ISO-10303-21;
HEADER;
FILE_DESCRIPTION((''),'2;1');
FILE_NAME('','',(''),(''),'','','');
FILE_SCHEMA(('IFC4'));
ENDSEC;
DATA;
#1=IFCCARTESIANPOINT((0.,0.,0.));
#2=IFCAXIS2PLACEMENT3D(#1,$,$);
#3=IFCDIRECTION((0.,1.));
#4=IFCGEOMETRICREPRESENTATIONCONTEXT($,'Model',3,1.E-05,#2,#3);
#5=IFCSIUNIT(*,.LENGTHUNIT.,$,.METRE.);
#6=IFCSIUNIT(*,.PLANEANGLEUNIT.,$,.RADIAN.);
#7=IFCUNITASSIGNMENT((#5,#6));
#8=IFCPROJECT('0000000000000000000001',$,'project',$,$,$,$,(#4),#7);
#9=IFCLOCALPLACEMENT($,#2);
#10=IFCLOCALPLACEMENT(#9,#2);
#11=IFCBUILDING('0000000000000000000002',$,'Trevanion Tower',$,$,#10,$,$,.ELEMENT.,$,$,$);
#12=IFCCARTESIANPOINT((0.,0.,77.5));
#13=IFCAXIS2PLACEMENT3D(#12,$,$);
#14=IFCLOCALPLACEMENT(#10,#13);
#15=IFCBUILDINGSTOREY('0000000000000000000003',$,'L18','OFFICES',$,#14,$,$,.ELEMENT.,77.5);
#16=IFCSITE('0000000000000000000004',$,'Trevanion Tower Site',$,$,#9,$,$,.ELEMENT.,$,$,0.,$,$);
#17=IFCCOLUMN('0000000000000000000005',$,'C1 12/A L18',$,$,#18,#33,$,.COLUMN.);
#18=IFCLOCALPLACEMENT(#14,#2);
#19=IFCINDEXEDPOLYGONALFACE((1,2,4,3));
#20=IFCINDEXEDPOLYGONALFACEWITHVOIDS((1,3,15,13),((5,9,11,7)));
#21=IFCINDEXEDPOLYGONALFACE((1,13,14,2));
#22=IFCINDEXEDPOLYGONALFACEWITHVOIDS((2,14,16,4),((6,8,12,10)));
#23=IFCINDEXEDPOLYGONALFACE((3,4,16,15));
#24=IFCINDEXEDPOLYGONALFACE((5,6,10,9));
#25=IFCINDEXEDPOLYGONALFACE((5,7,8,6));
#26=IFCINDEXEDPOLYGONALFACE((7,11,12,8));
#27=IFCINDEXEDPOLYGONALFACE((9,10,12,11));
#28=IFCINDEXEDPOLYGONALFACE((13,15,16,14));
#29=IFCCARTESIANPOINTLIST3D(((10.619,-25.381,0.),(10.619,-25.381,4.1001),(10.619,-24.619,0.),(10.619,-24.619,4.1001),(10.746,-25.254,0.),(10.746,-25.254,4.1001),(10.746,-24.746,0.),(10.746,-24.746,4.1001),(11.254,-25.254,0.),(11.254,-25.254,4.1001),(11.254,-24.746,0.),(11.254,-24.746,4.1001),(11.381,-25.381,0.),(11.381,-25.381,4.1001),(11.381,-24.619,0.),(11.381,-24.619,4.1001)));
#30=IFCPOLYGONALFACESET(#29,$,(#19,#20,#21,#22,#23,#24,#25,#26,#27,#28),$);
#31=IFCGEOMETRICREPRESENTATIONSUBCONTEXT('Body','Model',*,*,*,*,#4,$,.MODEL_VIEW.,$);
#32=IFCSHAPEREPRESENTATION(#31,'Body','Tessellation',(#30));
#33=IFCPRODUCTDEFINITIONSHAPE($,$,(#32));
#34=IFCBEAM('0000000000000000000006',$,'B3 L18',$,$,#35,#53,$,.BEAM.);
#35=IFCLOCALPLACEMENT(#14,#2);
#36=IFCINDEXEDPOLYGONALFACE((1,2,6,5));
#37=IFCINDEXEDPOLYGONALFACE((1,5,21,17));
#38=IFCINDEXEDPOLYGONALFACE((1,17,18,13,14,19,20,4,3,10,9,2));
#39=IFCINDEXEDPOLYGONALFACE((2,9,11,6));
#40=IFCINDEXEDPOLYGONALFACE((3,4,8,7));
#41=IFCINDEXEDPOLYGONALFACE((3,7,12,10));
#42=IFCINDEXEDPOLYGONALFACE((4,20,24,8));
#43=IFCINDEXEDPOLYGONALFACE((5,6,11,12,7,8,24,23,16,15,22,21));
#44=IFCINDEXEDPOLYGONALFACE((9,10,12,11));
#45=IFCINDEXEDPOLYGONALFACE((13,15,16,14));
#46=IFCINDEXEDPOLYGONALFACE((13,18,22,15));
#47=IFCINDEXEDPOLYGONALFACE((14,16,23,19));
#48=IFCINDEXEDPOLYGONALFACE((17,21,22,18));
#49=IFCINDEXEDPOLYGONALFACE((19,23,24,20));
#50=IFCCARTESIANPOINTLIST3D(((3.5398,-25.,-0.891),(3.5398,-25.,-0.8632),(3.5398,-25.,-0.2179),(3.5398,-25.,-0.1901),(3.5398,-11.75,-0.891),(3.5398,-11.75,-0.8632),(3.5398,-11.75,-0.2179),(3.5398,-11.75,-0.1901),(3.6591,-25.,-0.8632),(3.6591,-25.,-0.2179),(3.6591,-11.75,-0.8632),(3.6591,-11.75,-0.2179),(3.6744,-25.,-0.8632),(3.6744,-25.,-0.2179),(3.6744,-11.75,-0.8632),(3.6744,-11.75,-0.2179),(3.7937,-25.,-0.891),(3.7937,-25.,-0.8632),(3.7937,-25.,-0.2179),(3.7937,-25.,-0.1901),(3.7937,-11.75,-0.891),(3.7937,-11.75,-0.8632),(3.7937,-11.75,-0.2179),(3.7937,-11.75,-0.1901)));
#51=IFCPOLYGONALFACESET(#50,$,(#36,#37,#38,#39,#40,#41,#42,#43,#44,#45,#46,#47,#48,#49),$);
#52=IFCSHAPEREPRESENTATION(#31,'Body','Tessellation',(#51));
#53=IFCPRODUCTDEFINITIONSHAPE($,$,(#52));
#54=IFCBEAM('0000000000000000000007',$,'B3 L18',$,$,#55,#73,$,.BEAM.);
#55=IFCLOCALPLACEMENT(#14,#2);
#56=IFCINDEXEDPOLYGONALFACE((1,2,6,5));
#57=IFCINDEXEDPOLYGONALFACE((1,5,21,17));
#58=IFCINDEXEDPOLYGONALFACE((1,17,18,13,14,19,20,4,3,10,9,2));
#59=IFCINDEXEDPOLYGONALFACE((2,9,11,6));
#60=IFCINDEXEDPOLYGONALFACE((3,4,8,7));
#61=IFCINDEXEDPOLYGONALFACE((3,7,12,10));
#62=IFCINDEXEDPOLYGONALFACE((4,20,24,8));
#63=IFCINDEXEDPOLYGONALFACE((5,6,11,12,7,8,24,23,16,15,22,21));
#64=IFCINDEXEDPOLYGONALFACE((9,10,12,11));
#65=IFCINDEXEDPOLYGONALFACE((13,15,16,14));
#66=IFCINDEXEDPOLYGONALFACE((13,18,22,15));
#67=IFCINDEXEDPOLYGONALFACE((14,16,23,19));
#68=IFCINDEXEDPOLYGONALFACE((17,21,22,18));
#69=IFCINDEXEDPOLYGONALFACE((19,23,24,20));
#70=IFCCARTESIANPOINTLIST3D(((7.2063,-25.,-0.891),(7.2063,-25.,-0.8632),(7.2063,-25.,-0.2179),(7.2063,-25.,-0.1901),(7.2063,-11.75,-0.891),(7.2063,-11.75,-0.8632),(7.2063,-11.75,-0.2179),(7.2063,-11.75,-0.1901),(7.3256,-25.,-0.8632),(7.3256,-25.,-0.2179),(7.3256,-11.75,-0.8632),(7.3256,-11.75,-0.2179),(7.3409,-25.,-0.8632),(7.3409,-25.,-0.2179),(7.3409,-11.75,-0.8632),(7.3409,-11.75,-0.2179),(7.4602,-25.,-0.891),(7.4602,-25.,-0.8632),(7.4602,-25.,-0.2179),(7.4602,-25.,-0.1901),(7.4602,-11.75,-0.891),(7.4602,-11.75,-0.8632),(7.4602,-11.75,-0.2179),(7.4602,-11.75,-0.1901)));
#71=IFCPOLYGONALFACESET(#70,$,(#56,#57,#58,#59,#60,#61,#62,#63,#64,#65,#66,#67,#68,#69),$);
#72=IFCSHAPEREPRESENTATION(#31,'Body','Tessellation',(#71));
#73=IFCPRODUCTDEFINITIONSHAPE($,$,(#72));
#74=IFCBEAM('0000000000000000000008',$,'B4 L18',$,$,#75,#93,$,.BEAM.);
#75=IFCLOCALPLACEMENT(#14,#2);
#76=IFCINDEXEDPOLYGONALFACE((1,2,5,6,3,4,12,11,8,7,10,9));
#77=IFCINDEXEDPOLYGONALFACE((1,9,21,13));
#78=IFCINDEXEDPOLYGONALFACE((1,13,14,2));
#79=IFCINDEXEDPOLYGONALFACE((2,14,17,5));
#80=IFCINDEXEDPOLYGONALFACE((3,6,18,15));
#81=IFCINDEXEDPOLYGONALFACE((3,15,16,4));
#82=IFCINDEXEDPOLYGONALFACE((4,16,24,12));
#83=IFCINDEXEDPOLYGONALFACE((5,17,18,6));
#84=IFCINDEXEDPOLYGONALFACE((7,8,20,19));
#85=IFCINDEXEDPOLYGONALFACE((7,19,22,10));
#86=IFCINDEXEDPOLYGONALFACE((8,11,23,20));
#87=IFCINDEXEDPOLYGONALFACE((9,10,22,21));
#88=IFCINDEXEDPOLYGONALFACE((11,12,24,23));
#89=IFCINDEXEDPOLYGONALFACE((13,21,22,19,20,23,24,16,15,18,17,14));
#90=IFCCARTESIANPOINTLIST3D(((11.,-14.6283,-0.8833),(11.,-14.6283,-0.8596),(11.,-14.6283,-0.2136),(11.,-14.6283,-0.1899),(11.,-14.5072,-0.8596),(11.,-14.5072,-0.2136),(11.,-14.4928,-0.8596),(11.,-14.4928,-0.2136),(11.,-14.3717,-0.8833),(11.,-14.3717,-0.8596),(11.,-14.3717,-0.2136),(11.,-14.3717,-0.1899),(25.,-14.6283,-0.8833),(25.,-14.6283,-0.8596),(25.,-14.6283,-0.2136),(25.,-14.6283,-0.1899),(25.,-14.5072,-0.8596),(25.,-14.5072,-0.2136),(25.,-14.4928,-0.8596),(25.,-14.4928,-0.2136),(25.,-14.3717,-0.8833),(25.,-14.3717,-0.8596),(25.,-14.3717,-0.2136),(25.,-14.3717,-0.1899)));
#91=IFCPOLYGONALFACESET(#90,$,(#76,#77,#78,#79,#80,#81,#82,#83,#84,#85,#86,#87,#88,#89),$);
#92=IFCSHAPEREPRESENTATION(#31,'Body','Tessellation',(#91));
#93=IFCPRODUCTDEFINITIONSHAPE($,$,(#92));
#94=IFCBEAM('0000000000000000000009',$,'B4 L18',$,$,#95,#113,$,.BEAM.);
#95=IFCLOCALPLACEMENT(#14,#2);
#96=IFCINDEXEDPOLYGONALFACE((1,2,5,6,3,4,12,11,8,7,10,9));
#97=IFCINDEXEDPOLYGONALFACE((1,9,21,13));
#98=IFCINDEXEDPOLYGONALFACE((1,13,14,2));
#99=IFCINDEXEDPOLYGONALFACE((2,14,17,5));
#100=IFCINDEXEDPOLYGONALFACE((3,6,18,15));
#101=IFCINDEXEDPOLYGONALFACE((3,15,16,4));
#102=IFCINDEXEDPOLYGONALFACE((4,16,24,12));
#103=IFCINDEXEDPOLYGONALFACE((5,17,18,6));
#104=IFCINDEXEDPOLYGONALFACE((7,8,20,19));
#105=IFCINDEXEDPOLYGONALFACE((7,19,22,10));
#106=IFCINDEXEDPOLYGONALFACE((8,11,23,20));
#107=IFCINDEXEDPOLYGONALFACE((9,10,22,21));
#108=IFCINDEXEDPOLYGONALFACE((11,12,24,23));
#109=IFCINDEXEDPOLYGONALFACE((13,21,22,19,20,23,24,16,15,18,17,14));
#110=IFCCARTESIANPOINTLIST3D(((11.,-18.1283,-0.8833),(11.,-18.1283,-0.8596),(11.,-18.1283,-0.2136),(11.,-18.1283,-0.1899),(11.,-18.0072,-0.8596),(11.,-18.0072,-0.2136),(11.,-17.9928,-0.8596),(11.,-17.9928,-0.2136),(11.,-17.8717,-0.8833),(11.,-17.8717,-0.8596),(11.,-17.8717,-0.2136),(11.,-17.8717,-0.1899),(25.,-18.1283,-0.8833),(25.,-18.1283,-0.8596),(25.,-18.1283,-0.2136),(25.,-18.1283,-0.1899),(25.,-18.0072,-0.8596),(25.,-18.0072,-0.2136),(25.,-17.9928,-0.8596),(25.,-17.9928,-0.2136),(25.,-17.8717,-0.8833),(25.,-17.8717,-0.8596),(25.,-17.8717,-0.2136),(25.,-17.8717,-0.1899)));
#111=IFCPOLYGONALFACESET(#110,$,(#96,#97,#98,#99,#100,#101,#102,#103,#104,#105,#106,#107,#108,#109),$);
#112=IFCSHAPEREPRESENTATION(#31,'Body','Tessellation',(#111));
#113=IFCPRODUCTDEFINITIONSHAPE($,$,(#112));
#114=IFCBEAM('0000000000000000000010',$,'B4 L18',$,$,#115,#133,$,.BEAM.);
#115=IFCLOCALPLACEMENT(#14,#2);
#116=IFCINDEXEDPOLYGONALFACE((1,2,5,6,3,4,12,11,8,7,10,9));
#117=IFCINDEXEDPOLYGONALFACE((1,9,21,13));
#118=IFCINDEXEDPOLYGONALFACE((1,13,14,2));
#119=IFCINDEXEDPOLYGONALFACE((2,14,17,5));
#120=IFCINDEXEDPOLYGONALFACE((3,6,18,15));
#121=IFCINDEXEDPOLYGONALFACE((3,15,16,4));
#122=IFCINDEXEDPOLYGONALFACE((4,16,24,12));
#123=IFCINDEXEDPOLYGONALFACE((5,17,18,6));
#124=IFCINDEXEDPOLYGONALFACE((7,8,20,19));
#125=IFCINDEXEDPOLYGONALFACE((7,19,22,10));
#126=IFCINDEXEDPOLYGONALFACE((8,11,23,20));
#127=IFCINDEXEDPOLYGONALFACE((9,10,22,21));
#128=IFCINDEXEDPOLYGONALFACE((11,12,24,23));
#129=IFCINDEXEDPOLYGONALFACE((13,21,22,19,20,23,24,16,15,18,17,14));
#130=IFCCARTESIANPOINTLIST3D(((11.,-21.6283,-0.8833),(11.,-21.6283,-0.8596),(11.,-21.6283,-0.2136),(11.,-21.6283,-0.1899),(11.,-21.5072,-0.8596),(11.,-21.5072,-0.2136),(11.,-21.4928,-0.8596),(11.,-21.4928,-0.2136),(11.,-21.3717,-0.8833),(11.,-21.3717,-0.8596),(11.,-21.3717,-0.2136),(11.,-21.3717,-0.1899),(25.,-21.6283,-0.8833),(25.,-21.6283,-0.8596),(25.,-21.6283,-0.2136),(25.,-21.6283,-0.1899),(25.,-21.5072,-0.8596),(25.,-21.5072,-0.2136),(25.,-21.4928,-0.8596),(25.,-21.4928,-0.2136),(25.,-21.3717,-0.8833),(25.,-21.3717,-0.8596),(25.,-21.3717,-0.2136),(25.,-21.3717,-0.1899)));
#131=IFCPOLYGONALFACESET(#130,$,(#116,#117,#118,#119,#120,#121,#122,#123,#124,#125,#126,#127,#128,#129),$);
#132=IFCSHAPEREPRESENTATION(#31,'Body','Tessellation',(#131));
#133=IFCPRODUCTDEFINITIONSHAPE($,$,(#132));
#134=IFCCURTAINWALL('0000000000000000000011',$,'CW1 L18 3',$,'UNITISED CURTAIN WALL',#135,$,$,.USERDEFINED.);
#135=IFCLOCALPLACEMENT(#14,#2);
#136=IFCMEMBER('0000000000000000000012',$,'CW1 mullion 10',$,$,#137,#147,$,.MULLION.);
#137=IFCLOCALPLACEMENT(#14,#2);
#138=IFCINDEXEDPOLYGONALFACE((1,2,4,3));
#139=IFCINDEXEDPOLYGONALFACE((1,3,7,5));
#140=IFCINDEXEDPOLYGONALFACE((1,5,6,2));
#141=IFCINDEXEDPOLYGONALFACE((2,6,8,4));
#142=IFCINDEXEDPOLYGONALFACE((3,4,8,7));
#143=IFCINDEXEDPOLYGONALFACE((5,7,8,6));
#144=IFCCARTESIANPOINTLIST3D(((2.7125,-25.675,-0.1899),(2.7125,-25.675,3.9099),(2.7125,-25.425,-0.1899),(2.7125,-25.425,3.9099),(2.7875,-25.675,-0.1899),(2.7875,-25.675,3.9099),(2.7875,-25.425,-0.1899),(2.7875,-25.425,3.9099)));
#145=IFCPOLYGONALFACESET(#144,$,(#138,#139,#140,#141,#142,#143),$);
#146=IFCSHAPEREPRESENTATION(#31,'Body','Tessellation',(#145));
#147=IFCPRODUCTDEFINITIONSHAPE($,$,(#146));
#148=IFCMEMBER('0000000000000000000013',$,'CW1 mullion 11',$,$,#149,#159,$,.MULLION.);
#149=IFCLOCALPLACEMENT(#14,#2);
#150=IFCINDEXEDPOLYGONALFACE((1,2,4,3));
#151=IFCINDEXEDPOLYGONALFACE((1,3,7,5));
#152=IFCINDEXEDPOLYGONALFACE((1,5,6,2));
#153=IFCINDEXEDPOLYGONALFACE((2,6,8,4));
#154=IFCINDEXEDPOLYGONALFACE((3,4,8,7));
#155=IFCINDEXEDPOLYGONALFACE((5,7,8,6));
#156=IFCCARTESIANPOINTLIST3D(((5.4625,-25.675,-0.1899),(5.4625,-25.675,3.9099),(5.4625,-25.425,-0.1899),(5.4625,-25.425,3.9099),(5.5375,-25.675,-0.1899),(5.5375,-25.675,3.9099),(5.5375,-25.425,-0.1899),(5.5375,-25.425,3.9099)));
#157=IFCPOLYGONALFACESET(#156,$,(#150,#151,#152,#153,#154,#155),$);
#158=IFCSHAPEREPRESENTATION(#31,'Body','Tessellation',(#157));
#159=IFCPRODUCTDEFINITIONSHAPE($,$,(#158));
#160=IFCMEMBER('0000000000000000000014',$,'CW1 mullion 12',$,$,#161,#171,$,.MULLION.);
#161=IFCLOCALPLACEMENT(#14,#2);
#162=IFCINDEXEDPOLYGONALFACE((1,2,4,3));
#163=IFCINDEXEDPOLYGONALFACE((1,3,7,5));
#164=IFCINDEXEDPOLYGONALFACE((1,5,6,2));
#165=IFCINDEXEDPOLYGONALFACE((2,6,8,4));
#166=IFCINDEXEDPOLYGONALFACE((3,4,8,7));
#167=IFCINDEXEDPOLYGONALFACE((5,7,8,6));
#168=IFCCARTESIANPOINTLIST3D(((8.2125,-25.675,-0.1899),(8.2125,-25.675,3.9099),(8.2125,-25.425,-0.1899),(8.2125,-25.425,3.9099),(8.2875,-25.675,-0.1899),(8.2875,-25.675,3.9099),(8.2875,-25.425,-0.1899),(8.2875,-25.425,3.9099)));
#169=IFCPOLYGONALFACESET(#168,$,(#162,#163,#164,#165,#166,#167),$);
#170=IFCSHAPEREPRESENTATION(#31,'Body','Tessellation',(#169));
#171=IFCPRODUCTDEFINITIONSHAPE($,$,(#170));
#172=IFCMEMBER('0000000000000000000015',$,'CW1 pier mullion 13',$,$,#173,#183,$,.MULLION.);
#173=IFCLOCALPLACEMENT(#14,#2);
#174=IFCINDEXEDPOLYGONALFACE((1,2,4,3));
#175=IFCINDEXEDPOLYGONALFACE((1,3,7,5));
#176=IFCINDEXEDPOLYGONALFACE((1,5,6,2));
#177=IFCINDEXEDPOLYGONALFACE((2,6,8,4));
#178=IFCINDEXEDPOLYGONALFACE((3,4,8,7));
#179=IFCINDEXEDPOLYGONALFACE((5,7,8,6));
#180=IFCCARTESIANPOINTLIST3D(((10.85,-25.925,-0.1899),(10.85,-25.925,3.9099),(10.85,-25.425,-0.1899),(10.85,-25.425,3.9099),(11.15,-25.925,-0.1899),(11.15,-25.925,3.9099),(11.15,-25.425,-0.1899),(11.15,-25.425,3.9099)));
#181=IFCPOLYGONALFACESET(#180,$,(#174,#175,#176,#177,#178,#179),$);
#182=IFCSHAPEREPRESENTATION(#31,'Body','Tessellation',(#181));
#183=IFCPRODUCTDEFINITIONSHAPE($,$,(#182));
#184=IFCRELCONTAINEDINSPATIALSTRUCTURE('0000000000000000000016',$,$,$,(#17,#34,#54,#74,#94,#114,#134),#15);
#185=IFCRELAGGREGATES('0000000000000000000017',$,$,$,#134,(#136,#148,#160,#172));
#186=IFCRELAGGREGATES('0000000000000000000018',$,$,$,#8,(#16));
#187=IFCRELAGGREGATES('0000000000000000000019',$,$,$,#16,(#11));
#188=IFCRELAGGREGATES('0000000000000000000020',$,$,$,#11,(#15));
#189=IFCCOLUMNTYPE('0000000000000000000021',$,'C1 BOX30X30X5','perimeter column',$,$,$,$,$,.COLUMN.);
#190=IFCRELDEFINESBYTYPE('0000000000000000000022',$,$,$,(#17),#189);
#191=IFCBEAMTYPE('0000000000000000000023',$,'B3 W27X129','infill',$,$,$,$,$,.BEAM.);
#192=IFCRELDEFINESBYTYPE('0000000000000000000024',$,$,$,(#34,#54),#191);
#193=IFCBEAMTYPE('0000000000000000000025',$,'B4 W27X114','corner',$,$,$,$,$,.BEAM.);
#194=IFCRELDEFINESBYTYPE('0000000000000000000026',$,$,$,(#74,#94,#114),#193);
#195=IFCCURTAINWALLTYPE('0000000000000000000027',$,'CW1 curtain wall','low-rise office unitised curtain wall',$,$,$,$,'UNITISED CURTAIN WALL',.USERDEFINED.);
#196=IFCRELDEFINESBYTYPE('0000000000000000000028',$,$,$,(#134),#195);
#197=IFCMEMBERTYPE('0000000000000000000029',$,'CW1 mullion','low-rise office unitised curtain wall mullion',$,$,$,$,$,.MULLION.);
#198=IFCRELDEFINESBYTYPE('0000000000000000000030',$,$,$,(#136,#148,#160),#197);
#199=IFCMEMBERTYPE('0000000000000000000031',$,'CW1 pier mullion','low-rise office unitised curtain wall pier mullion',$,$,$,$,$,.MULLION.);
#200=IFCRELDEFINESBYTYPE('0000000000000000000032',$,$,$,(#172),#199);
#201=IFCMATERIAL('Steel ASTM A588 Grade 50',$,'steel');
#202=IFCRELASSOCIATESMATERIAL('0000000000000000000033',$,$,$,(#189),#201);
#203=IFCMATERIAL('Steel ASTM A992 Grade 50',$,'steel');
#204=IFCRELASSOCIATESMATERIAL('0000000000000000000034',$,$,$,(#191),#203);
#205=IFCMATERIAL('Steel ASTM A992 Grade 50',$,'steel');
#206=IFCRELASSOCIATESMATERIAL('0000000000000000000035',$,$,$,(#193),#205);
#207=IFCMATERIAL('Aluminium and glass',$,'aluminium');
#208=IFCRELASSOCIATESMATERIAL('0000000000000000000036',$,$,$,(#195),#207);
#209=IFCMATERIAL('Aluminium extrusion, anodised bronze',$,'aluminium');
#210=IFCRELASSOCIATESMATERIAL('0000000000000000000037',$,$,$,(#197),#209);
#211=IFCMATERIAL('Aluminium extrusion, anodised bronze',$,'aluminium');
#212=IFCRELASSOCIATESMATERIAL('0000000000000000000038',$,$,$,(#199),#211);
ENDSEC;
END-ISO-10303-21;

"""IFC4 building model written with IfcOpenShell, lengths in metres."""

from ifc_helpers import new_model, si_unit, direction, frame, origin, origin_2d, place, context, subcontext, project, spatial, rectangle, hollow_rectangle, i_section, extrude, material, material_profile, profile_set, type_object, element, aggregate, save


model = new_model("IFC4")

# Units and contexts
model_context = context("Model", 3, precision=1e-05, world=origin(), true_north=direction((0.0, 1.0)))
body_context = subcontext(model_context, "Body", "Model", "MODEL_VIEW")
ifc_project = project(units=[si_unit("LENGTHUNIT", "METRE"), si_unit("PLANEANGLEUNIT", "RADIAN")], contexts=[model_context])

# Site, building, storey
site_placement = place(None, origin())
site = spatial("IfcSite", under=ifc_project, at=site_placement, Name="Trevanion Tower Site", CompositionType="ELEMENT", RefElevation=0.0)
building_placement = place(site_placement, origin())
building = spatial("IfcBuilding", under=site, at=building_placement, Name="Trevanion Tower", CompositionType="ELEMENT")
storey_placement = place(building_placement, frame((0.0, 0.0, 77.5)))
storey = spatial("IfcBuildingStorey", under=building, at=storey_placement, Name="L18", Description="OFFICES", CompositionType="ELEMENT", Elevation=77.5)

# Column
ifc_material_1 = material(Name="Steel ASTM A588 Grade 50", Category="steel")
ifc_material_profile_1 = material_profile(ifc_material_1, hollow_rectangle(XDim=0.762, YDim=0.762, WallThickness=0.127, at=origin_2d()), Name="BOX30X30X5")
ifc_profile_set_1 = profile_set([ifc_material_profile_1], Name="Steel ASTM A588 Grade 50")
column_type = type_object("IfcColumnType", Name="C1 BOX30X30X5", Description="perimeter column", PredefinedType="COLUMN", material=ifc_profile_set_1)
column_placement = place(storey_placement, frame((11.0, -25.0, 0.0), z_axis=(0.0, 0.0, 1.0), x_axis=(1.0, 0.0, 0.0)))
element("IfcColumn", 1, at=column_placement, inside=storey, type_object=column_type, Name="C1 12/A L18", PredefinedType="COLUMN", context=body_context, shape_type="SweptSolid", body=[
    extrude(hollow_rectangle(XDim=0.762, YDim=0.762, WallThickness=0.127, at=origin_2d()), origin(), (0.0, 0.0, 1.0), 4.1001),
])

# Beams
ifc_material_2 = material(Name="Steel ASTM A992 Grade 50", Category="steel")
ifc_material_profile_2 = material_profile(ifc_material_2, i_section(OverallWidth=0.2539, OverallDepth=0.7009, WebThickness=0.0154, FlangeThickness=0.0278, at=origin_2d()), Name="W27X129")
ifc_profile_set_2 = profile_set([ifc_material_profile_2], Name="Steel ASTM A992 Grade 50")
beam_type_1 = type_object("IfcBeamType", Name="B3 W27X129", Description="infill", PredefinedType="BEAM", material=ifc_profile_set_2)
for number, where, z_axis, x_axis, name in (
    (2, (3.6667, -11.75, -0.5405), (0.0, -1.0, 0.0), (1.0, 0.0, 0.0), "B3 L18"),
    (3, (7.3333, -11.75, -0.5405), (0.0, -1.0, 0.0), (1.0, 0.0, 0.0), "B3 L18"),
):
    element("IfcBeam", number, at=place(storey_placement, frame(where, z_axis=z_axis, x_axis=x_axis)), inside=storey, type_object=beam_type_1, Name=name, PredefinedType="BEAM", context=body_context, shape_type="SweptSolid", body=[
        extrude(i_section(OverallWidth=0.2539, OverallDepth=0.7009, WebThickness=0.0154, FlangeThickness=0.0278, at=origin_2d()), origin(), (0.0, 0.0, 1.0), 13.25),
    ])
ifc_material_3 = material(Name="Steel ASTM A992 Grade 50", Category="steel")
ifc_material_profile_3 = material_profile(ifc_material_3, i_section(OverallWidth=0.2566, OverallDepth=0.6934, WebThickness=0.0144, FlangeThickness=0.0237, at=origin_2d()), Name="W27X114")
ifc_profile_set_3 = profile_set([ifc_material_profile_3], Name="Steel ASTM A992 Grade 50")
beam_type_2 = type_object("IfcBeamType", Name="B4 W27X114", Description="corner", PredefinedType="BEAM", material=ifc_profile_set_3)
for number, where, z_axis, x_axis, name in (
    (4, (11.0, -14.5, -0.5366), (1.0, 0.0, 0.0), (0.0, 1.0, 0.0), "B4 L18"),
    (5, (11.0, -18.0, -0.5366), (1.0, 0.0, 0.0), (0.0, 1.0, 0.0), "B4 L18"),
    (6, (11.0, -21.5, -0.5366), (1.0, 0.0, 0.0), (0.0, 1.0, 0.0), "B4 L18"),
):
    element("IfcBeam", number, at=place(storey_placement, frame(where, z_axis=z_axis, x_axis=x_axis)), inside=storey, type_object=beam_type_2, Name=name, PredefinedType="BEAM", context=body_context, shape_type="SweptSolid", body=[
        extrude(i_section(OverallWidth=0.2566, OverallDepth=0.6934, WebThickness=0.0144, FlangeThickness=0.0237, at=origin_2d()), origin(), (0.0, 0.0, 1.0), 14.0),
    ])

# Curtain wall, members
ifc_material_4 = material(Name="Aluminium and glass", Category="aluminium")
curtain_wall_type = type_object("IfcCurtainWallType", Name="CW1 curtain wall", Description="low-rise office unitised curtain wall", ElementType="UNITISED CURTAIN WALL", PredefinedType="USERDEFINED", material=ifc_material_4)
curtain_wall_placement = place(storey_placement, origin())
curtain_wall = element("IfcCurtainWall", 7, at=curtain_wall_placement, inside=storey, type_object=curtain_wall_type, Name="CW1 L18 3", ObjectType="UNITISED CURTAIN WALL", PredefinedType="USERDEFINED")
ifc_material_5 = material(Name="Aluminium extrusion, anodised bronze", Category="aluminium")
ifc_material_profile_4 = material_profile(ifc_material_5, rectangle(XDim=0.075, YDim=0.25, at=origin_2d()), Name="CW1 mullion")
ifc_profile_set_4 = profile_set([ifc_material_profile_4], Name="Aluminium extrusion, anodised bronze")
member_type_1 = type_object("IfcMemberType", Name="CW1 mullion", Description="low-rise office unitised curtain wall mullion", PredefinedType="MULLION", material=ifc_profile_set_4)
member_1_placement = place(storey_placement, frame((2.75, -25.55, -0.1899), z_axis=(0.0, 0.0, 1.0), x_axis=(1.0, 0.0, 0.0)))
member_1 = element("IfcMember", 8, at=member_1_placement, type_object=member_type_1, Name="CW1 mullion 10", PredefinedType="MULLION", context=body_context, shape_type="SweptSolid", body=[
    extrude(rectangle(XDim=0.075, YDim=0.25, at=origin_2d()), origin(), (0.0, 0.0, 1.0), 4.0999),
])
member_2_placement = place(storey_placement, frame((5.5, -25.55, -0.1899), z_axis=(0.0, 0.0, 1.0), x_axis=(1.0, 0.0, 0.0)))
member_2 = element("IfcMember", 9, at=member_2_placement, type_object=member_type_1, Name="CW1 mullion 11", PredefinedType="MULLION", context=body_context, shape_type="SweptSolid", body=[
    extrude(rectangle(XDim=0.075, YDim=0.25, at=origin_2d()), origin(), (0.0, 0.0, 1.0), 4.0999),
])
member_3_placement = place(storey_placement, frame((8.25, -25.55, -0.1899), z_axis=(0.0, 0.0, 1.0), x_axis=(1.0, 0.0, 0.0)))
member_3 = element("IfcMember", 10, at=member_3_placement, type_object=member_type_1, Name="CW1 mullion 12", PredefinedType="MULLION", context=body_context, shape_type="SweptSolid", body=[
    extrude(rectangle(XDim=0.075, YDim=0.25, at=origin_2d()), origin(), (0.0, 0.0, 1.0), 4.0999),
])
ifc_material_6 = material(Name="Aluminium extrusion, anodised bronze", Category="aluminium")
ifc_material_profile_5 = material_profile(ifc_material_6, rectangle(XDim=0.3, YDim=0.5, at=origin_2d()), Name="CW1 pier mullion")
ifc_profile_set_5 = profile_set([ifc_material_profile_5], Name="Aluminium extrusion, anodised bronze")
member_type_2 = type_object("IfcMemberType", Name="CW1 pier mullion", Description="low-rise office unitised curtain wall pier mullion", PredefinedType="MULLION", material=ifc_profile_set_5)
member_4_placement = place(storey_placement, frame((11.0, -25.675, -0.1899), z_axis=(0.0, 0.0, 1.0), x_axis=(1.0, 0.0, 0.0)))
member_4 = element("IfcMember", 11, at=member_4_placement, type_object=member_type_2, Name="CW1 pier mullion 13", PredefinedType="MULLION", context=body_context, shape_type="SweptSolid", body=[
    extrude(rectangle(XDim=0.3, YDim=0.5, at=origin_2d()), origin(), (0.0, 0.0, 1.0), 4.0999),
])

aggregate(curtain_wall, [member_1, member_2, member_3, member_4])

save(model, "model.ifc")
